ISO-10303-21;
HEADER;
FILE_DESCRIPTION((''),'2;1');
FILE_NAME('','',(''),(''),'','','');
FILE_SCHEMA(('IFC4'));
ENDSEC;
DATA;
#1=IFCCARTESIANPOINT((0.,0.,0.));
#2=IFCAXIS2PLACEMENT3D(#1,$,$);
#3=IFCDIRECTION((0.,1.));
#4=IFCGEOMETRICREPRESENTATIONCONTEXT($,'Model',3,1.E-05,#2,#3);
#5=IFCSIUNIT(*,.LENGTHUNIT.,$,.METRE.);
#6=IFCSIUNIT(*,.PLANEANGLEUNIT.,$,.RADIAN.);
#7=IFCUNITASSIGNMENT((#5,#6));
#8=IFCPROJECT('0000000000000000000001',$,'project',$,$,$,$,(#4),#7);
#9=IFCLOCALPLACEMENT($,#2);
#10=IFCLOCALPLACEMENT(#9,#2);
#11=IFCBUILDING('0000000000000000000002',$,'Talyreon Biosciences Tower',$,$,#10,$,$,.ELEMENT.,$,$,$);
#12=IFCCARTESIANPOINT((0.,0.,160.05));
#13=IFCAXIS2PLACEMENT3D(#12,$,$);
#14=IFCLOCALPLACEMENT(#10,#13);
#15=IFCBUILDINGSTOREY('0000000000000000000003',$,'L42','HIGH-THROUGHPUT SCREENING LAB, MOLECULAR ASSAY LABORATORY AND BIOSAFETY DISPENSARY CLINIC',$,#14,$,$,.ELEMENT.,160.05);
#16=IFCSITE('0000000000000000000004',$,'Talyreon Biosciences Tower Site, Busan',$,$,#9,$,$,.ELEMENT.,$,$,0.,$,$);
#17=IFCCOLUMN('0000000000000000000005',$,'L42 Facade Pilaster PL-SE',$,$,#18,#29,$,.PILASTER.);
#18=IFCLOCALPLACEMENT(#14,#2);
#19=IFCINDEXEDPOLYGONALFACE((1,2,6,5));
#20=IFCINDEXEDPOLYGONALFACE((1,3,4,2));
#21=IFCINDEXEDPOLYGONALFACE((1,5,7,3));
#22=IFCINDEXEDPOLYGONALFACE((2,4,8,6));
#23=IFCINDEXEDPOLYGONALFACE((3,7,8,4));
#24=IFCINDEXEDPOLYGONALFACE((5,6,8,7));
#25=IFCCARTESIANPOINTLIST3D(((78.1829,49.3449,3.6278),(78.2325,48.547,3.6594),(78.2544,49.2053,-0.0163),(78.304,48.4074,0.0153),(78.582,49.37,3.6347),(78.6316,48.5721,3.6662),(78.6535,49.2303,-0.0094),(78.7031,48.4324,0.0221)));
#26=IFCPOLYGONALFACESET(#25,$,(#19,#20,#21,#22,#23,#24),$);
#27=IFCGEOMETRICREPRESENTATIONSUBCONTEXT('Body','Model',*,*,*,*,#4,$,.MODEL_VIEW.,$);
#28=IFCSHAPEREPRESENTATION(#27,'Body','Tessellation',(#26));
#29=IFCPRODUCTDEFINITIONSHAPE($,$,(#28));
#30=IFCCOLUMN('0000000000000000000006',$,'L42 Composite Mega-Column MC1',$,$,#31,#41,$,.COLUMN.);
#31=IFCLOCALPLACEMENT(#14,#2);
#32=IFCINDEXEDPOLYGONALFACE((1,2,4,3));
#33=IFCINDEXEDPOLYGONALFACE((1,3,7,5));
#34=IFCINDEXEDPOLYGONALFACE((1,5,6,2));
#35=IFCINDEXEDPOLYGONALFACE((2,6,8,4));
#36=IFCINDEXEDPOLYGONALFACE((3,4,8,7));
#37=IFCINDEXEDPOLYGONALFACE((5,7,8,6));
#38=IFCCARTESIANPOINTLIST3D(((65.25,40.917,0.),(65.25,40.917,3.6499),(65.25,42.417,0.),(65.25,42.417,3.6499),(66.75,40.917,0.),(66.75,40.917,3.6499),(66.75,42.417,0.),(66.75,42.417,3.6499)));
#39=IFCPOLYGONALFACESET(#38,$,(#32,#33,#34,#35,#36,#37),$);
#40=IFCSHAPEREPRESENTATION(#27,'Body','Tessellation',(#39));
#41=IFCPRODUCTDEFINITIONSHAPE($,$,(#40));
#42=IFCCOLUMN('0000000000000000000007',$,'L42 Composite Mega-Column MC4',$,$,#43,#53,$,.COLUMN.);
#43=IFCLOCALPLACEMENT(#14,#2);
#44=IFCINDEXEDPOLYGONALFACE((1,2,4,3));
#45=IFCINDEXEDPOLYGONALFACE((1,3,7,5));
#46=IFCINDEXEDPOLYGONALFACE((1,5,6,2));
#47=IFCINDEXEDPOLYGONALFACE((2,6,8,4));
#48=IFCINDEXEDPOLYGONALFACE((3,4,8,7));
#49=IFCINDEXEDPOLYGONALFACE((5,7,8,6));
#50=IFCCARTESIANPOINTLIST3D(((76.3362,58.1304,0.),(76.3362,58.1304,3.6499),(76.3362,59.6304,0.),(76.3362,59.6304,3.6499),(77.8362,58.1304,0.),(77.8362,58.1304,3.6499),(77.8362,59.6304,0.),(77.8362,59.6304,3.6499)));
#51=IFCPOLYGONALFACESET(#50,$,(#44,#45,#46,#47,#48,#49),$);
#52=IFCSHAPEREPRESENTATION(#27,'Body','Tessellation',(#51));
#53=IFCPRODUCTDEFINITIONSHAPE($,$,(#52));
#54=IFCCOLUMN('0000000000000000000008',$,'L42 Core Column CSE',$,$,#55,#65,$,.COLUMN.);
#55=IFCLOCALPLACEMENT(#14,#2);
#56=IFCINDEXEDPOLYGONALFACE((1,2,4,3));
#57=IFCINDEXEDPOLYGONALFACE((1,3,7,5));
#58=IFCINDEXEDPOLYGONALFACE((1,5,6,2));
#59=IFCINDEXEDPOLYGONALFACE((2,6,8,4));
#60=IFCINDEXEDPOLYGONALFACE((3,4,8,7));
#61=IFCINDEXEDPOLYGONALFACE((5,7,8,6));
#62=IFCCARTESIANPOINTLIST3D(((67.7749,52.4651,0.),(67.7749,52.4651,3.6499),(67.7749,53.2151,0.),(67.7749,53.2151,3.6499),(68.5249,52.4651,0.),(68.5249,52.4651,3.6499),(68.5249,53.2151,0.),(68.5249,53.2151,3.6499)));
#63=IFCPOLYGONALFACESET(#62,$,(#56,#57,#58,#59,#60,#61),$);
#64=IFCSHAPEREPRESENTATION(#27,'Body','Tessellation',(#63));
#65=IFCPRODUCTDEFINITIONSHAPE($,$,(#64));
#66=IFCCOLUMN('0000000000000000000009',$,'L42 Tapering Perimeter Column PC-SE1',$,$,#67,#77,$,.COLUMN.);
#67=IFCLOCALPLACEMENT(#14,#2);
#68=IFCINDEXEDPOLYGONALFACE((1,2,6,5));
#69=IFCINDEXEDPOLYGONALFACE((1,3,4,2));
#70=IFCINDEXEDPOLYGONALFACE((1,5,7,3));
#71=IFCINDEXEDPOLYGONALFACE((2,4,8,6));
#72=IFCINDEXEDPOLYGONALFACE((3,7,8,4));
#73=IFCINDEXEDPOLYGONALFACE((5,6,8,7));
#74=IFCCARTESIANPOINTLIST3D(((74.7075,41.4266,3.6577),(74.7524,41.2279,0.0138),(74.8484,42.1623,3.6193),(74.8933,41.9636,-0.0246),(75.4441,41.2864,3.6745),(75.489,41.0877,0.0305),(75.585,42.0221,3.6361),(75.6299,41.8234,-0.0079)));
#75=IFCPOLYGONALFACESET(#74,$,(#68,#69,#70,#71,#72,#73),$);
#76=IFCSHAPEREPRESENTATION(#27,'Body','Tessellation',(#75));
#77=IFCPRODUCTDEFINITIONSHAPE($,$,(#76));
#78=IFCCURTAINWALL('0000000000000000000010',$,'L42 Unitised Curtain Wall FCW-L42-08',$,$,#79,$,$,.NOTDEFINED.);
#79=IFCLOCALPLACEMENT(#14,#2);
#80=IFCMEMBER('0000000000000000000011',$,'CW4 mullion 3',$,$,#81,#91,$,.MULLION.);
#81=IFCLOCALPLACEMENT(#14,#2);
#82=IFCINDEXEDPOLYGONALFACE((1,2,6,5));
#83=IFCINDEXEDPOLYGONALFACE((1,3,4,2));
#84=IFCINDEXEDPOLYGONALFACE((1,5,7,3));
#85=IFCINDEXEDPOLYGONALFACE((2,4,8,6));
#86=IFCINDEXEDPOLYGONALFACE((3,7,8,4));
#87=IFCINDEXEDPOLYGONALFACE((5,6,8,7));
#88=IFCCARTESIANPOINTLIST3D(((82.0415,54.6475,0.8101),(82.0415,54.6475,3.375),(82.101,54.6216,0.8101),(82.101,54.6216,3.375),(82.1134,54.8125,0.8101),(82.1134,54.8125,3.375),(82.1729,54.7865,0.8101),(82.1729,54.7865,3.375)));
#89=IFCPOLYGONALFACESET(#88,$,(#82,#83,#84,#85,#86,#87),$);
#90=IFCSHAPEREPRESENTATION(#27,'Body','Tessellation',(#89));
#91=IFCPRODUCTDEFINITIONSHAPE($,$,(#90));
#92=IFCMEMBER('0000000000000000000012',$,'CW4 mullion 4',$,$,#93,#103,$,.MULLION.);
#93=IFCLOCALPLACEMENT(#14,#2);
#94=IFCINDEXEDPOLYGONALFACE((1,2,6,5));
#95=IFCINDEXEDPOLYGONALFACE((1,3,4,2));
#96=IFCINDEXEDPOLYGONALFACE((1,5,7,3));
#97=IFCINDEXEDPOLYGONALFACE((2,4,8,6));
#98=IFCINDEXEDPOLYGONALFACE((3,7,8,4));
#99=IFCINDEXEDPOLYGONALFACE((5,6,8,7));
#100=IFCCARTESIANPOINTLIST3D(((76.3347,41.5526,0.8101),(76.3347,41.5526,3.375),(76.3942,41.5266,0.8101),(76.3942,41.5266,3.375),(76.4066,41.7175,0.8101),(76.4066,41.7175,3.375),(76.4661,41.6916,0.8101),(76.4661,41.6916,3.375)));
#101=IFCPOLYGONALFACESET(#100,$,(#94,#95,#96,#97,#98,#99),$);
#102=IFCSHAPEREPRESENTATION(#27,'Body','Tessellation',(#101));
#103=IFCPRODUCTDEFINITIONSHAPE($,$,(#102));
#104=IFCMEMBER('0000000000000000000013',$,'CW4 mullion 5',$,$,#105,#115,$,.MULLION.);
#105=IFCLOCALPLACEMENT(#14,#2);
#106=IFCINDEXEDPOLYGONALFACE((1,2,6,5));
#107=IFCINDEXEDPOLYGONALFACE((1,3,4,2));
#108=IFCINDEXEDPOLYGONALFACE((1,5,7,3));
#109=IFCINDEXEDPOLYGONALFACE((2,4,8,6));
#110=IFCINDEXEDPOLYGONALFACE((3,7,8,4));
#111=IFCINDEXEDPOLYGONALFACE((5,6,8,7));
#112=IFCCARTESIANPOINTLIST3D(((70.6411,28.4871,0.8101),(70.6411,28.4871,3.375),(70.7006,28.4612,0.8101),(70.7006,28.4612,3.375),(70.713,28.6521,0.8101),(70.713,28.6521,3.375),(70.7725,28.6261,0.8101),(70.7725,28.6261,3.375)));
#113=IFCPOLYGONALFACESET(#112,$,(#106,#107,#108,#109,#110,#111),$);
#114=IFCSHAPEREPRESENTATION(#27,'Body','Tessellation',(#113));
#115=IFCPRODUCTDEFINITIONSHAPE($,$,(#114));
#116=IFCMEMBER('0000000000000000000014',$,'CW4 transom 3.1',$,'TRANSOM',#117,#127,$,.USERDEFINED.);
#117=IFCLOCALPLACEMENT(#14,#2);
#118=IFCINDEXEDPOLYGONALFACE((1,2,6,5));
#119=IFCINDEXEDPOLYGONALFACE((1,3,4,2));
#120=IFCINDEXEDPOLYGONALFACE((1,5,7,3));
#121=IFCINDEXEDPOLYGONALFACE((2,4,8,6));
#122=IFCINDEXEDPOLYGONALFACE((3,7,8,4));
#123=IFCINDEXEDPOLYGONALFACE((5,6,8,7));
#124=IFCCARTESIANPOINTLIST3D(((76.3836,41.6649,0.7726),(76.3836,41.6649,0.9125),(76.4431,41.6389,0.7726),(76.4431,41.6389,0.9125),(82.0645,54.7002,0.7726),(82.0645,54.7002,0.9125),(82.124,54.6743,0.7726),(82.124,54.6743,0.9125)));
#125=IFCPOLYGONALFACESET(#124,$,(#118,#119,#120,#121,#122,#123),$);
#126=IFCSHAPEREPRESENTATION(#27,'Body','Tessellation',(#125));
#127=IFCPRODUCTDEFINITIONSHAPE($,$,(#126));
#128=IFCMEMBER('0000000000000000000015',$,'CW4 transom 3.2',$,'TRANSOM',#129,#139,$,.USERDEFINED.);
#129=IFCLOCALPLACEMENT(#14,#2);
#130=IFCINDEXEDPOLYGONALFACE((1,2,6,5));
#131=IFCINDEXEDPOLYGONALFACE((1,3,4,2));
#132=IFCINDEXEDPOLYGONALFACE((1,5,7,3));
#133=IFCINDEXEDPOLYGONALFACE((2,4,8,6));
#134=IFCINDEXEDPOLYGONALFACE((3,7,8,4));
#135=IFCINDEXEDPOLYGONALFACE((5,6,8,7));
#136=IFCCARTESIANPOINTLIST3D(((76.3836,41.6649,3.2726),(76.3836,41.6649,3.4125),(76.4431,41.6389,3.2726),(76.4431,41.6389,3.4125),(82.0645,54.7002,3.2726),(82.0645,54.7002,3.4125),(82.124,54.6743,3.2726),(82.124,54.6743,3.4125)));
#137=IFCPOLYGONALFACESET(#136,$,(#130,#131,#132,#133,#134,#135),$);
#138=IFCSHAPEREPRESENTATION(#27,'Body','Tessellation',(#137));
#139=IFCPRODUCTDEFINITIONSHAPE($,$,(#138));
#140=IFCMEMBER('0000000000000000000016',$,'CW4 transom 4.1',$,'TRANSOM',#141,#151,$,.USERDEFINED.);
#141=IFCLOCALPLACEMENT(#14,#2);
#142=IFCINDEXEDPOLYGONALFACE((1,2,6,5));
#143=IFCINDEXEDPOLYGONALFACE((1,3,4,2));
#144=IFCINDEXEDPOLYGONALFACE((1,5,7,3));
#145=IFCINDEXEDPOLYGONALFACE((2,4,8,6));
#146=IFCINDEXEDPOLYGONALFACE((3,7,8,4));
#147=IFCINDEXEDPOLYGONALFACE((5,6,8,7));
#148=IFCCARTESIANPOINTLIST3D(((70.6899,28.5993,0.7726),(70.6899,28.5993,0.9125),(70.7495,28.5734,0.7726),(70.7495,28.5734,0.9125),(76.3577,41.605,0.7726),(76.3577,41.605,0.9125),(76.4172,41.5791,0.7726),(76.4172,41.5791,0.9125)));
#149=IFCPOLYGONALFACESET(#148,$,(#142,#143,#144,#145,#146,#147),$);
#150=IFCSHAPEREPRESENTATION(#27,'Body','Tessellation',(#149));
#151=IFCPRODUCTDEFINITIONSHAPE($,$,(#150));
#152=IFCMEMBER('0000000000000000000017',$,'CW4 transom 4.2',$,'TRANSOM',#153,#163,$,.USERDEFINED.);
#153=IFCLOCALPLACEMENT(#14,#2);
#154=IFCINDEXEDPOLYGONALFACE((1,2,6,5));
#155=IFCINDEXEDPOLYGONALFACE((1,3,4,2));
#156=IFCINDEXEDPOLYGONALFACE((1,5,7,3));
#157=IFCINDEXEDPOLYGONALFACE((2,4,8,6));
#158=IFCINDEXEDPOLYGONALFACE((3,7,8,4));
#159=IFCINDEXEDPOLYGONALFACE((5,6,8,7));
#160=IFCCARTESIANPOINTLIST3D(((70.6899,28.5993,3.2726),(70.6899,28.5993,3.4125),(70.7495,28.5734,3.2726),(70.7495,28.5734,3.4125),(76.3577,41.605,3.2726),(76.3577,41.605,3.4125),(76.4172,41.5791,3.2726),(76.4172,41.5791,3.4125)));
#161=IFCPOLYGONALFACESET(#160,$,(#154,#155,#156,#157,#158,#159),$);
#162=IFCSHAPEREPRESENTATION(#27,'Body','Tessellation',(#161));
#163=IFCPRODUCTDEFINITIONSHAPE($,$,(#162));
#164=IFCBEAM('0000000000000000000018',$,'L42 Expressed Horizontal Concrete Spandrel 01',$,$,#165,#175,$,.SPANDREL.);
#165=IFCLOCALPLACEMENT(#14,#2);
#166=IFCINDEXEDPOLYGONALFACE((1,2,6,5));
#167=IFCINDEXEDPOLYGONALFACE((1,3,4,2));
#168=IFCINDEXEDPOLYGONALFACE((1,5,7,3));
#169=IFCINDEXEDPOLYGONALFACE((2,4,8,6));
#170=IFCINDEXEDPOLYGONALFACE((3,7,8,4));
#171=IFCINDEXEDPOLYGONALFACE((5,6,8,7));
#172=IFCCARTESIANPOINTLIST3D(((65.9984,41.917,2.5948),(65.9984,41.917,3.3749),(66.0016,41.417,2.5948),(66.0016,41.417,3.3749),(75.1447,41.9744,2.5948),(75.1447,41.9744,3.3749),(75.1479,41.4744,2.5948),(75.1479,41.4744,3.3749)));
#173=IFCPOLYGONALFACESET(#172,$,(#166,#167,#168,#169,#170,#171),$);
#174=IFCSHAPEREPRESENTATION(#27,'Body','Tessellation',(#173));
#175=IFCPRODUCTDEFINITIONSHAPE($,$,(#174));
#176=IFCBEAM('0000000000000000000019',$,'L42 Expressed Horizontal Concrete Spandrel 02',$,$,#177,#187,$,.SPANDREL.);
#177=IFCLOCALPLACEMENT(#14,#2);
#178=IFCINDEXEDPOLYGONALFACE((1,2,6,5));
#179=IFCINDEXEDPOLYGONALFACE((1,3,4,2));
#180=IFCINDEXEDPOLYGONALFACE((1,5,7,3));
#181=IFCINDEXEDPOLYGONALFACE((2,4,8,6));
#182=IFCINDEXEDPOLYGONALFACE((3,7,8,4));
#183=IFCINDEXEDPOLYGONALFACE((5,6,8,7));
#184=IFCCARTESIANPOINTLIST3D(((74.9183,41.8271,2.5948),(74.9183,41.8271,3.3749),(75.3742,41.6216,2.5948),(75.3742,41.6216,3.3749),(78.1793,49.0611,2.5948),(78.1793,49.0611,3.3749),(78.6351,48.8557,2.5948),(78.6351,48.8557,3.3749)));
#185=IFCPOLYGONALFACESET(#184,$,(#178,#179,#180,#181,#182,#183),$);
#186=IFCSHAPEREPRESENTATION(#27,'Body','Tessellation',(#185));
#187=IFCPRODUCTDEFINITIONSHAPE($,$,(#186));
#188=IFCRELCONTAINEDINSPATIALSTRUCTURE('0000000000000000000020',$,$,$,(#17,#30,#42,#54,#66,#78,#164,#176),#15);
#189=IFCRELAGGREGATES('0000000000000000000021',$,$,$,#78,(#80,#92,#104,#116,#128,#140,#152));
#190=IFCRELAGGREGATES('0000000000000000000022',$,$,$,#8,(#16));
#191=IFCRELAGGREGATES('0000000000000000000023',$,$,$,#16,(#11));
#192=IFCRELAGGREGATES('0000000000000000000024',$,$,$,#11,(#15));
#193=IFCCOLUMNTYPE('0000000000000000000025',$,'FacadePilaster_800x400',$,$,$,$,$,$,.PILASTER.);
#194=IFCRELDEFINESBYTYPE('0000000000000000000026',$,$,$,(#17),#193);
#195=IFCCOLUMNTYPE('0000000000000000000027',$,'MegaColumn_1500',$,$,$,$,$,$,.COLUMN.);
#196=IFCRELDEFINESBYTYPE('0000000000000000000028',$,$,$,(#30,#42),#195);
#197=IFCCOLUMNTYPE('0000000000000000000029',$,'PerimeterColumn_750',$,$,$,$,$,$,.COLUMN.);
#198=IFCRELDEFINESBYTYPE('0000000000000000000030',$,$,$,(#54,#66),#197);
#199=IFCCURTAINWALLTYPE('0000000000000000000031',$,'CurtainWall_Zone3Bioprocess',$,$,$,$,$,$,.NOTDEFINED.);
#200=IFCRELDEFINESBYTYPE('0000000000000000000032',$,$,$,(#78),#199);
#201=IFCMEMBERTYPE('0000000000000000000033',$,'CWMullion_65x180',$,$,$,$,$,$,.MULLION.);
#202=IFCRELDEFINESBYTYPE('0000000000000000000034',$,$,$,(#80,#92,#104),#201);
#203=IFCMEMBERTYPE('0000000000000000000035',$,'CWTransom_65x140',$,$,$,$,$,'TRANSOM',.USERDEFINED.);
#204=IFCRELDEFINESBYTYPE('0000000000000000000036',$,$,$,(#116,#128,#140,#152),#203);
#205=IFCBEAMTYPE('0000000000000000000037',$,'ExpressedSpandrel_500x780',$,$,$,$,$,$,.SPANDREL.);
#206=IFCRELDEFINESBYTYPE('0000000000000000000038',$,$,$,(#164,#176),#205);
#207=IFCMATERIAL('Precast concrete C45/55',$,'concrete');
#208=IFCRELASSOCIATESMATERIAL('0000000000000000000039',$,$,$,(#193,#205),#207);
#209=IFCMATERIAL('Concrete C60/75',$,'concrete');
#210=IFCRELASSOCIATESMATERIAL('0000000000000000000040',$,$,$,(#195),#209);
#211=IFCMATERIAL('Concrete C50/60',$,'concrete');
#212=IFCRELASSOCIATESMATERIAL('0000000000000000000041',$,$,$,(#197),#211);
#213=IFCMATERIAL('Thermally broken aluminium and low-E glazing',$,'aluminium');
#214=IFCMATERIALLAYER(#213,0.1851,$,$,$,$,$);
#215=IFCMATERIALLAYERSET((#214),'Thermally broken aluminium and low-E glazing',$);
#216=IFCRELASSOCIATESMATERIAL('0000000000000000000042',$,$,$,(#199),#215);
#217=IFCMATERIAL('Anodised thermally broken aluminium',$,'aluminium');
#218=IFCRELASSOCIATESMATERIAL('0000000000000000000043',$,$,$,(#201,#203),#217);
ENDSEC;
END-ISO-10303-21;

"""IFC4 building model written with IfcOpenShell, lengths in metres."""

from ifc_helpers import new_model, si_unit, direction, frame, origin, origin_2d, place, context, subcontext, project, spatial, rectangle, extrude, material, layer, layer_set, material_profile, profile_set, type_object, element, aggregate, save


model = new_model("IFC4")

# Units and contexts
model_context = context("Model", 3, precision=1e-05, world=origin(), true_north=direction((0.0, 1.0)))
body_context = subcontext(model_context, "Body", "Model", "MODEL_VIEW")
ifc_project = project(units=[si_unit("LENGTHUNIT", "METRE"), si_unit("PLANEANGLEUNIT", "RADIAN")], contexts=[model_context])

# Site, building, storey
site_placement = place(None, origin())
site = spatial("IfcSite", under=ifc_project, at=site_placement, Name="Talyreon Biosciences Tower Site, Busan", CompositionType="ELEMENT", RefElevation=0.0)
building_placement = place(site_placement, origin())
building = spatial("IfcBuilding", under=site, at=building_placement, Name="Talyreon Biosciences Tower", CompositionType="ELEMENT")
storey_placement = place(building_placement, frame((0.0, 0.0, 160.05)))
storey = spatial("IfcBuildingStorey", under=building, at=storey_placement, Name="L42", Description="HIGH-THROUGHPUT SCREENING LAB, MOLECULAR ASSAY LABORATORY AND BIOSAFETY DISPENSARY CLINIC", CompositionType="ELEMENT", Elevation=160.05)

# Columns
ifc_material_1 = material(Name="Precast concrete C45/55", Category="concrete")
ifc_material_profile_1 = material_profile(ifc_material_1, rectangle(XDim=0.8, YDim=0.3999, at=origin_2d()), Name="RC 800x400")
ifc_profile_set_1 = profile_set([ifc_material_profile_1], Name="Precast concrete C45/55")
column_type_1 = type_object("IfcColumnType", Name="FacadePilaster_800x400", PredefinedType="PILASTER", material=ifc_profile_set_1)
column_1_placement = place(storey_placement, frame((78.4788, 48.8188, 0.0029), z_axis=(-0.019612, 0.038287, 0.999074), x_axis=(0.06199, -0.997297, 0.039436)))
element("IfcColumn", 1, at=column_1_placement, inside=storey, type_object=column_type_1, Name="L42 Facade Pilaster PL-SE", PredefinedType="PILASTER", context=body_context, shape_type="SweptSolid", body=[
    extrude(rectangle(XDim=0.8, YDim=0.3999, at=origin_2d()), origin(), (0.0, 0.0, 1.0), 3.6475),
])
ifc_material_2 = material(Name="Concrete C60/75", Category="concrete")
ifc_material_profile_2 = material_profile(ifc_material_2, rectangle(XDim=1.5, YDim=1.5, at=origin_2d()), Name="RC 1500x1500")
ifc_profile_set_2 = profile_set([ifc_material_profile_2], Name="Concrete C60/75")
column_type_2 = type_object("IfcColumnType", Name="MegaColumn_1500", PredefinedType="COLUMN", material=ifc_profile_set_2)
for number, where, z_axis, x_axis, name in (
    (2, (66.0, 41.667, 0.0), (0.0, 0.0, 1.0), (1.0, 0.0, 0.0), "L42 Composite Mega-Column MC1"),
    (3, (77.0862, 58.8804, 0.0), (0.0, 0.0, 1.0), (1.0, 0.0, 0.0), "L42 Composite Mega-Column MC4"),
):
    element("IfcColumn", number, at=place(storey_placement, frame(where, z_axis=z_axis, x_axis=x_axis)), inside=storey, type_object=column_type_2, Name=name, PredefinedType="COLUMN", context=body_context, shape_type="SweptSolid", body=[
        extrude(rectangle(XDim=1.5, YDim=1.5, at=origin_2d()), origin(), (0.0, 0.0, 1.0), 3.6499),
    ])
ifc_material_3 = material(Name="Concrete C50/60", Category="concrete")
ifc_material_profile_3 = material_profile(ifc_material_3, rectangle(XDim=0.75, YDim=0.75, at=origin_2d()), Name="RC 750x750")
ifc_profile_set_3 = profile_set([ifc_material_profile_3], Name="Concrete C50/60")
column_type_3 = type_object("IfcColumnType", Name="PerimeterColumn_750", PredefinedType="COLUMN", material=ifc_profile_set_3)
column_2_placement = place(storey_placement, frame((68.1499, 52.8401, 0.0), z_axis=(0.0, 0.0, 1.0), x_axis=(1.0, 0.0, 0.0)))
element("IfcColumn", 4, at=column_2_placement, inside=storey, type_object=column_type_3, Name="L42 Core Column CSE", PredefinedType="COLUMN", context=body_context, shape_type="SweptSolid", body=[
    extrude(rectangle(XDim=0.75, YDim=0.75, at=origin_2d()), origin(), (0.0, 0.0, 1.0), 3.6499),
])
column_3_placement = place(storey_placement, frame((75.1912, 41.5256, 0.0029), z_axis=(-0.012308, 0.054451, 0.998441), x_axis=(-0.187862, -0.980861, 0.051176)))
element("IfcColumn", 5, at=column_3_placement, inside=storey, type_object=column_type_3, Name="L42 Tapering Perimeter Column PC-SE1", PredefinedType="COLUMN", context=body_context, shape_type="SweptSolid", body=[
    extrude(rectangle(XDim=0.75, YDim=0.75, at=origin_2d()), origin(), (0.0, 0.0, 1.0), 3.6497),
])

# Curtain wall, members
ifc_material_4 = material(Name="Thermally broken aluminium and low-E glazing", Category="aluminium")
ifc_layer_1 = layer(ifc_material_4, 0.1851)
ifc_layer_set_1 = layer_set([ifc_layer_1], Name="Thermally broken aluminium and low-E glazing")
curtain_wall_type = type_object("IfcCurtainWallType", Name="CurtainWall_Zone3Bioprocess", PredefinedType="NOTDEFINED", material=ifc_layer_set_1)
curtain_wall_placement = place(storey_placement, origin())
curtain_wall = element("IfcCurtainWall", 6, at=curtain_wall_placement, inside=storey, type_object=curtain_wall_type, Name="L42 Unitised Curtain Wall FCW-L42-08", PredefinedType="NOTDEFINED")
ifc_material_5 = material(Name="Anodised thermally broken aluminium", Category="aluminium")
ifc_material_profile_4 = material_profile(ifc_material_5, rectangle(XDim=0.0649, YDim=0.1799, at=origin_2d()), Name="ALUM MULLION 65x180")
ifc_profile_set_4 = profile_set([ifc_material_profile_4], Name="Anodised thermally broken aluminium")
member_type_1 = type_object("IfcMemberType", Name="CWMullion_65x180", PredefinedType="MULLION", material=ifc_profile_set_4)
member_1_placement = place(storey_placement, frame((82.1072, 54.717, 0.8101), z_axis=(0.0, 0.0, 1.0), x_axis=(0.916731, -0.399505, 0.0)))
member_1 = element("IfcMember", 7, at=member_1_placement, type_object=member_type_1, Name="CW4 mullion 3", PredefinedType="MULLION", context=body_context, shape_type="SweptSolid", body=[
    extrude(rectangle(XDim=0.0649, YDim=0.1799, at=origin_2d()), origin(), (0.0, 0.0, 1.0), 2.5649),
])
member_2_placement = place(storey_placement, frame((76.4004, 41.6221, 0.8101), z_axis=(0.0, 0.0, 1.0), x_axis=(0.916731, -0.399505, 0.0)))
member_2 = element("IfcMember", 8, at=member_2_placement, type_object=member_type_1, Name="CW4 mullion 4", PredefinedType="MULLION", context=body_context, shape_type="SweptSolid", body=[
    extrude(rectangle(XDim=0.0649, YDim=0.1799, at=origin_2d()), origin(), (0.0, 0.0, 1.0), 2.5649),
])
member_3_placement = place(storey_placement, frame((70.7068, 28.5566, 0.8101), z_axis=(0.0, 0.0, 1.0), x_axis=(0.916731, -0.399505, 0.0)))
member_3 = element("IfcMember", 9, at=member_3_placement, type_object=member_type_1, Name="CW4 mullion 5", PredefinedType="MULLION", context=body_context, shape_type="SweptSolid", body=[
    extrude(rectangle(XDim=0.0649, YDim=0.1799, at=origin_2d()), origin(), (0.0, 0.0, 1.0), 2.5649),
])
ifc_material_profile_5 = material_profile(ifc_material_5, rectangle(XDim=0.0649, YDim=0.1399, at=origin_2d()), Name="ALUM TRANSOM 65x140")
ifc_profile_set_5 = profile_set([ifc_material_profile_5], Name="Anodised thermally broken aluminium")
member_type_2 = type_object("IfcMemberType", Name="CWTransom_65x140", ElementType="TRANSOM", PredefinedType="USERDEFINED", material=ifc_profile_set_5)
member_4_placement = place(storey_placement, frame((82.0942, 54.6873, 0.8425), z_axis=(-0.399515, -0.916727, 0.0), x_axis=(0.916727, -0.399515, 0.0)))
member_4 = element("IfcMember", 10, at=member_4_placement, type_object=member_type_2, Name="CW4 transom 3.1", ObjectType="TRANSOM", PredefinedType="USERDEFINED", context=body_context, shape_type="SweptSolid", body=[
    extrude(rectangle(XDim=0.0649, YDim=0.1399, at=origin_2d()), origin(), (0.0, 0.0, 1.0), 14.2195),
])
member_5_placement = place(storey_placement, frame((82.0942, 54.6873, 3.3425), z_axis=(-0.399515, -0.916727, 0.0), x_axis=(0.916727, -0.399515, 0.0)))
member_5 = element("IfcMember", 11, at=member_5_placement, type_object=member_type_2, Name="CW4 transom 3.2", ObjectType="TRANSOM", PredefinedType="USERDEFINED", context=body_context, shape_type="SweptSolid", body=[
    extrude(rectangle(XDim=0.0649, YDim=0.1399, at=origin_2d()), origin(), (0.0, 0.0, 1.0), 14.2195),
])
member_6_placement = place(storey_placement, frame((76.3875, 41.592, 0.8425), z_axis=(-0.399503, -0.916732, 0.0), x_axis=(0.916732, -0.399503, 0.0)))
member_6 = element("IfcMember", 12, at=member_6_placement, type_object=member_type_2, Name="CW4 transom 4.1", ObjectType="TRANSOM", PredefinedType="USERDEFINED", context=body_context, shape_type="SweptSolid", body=[
    extrude(rectangle(XDim=0.0649, YDim=0.1399, at=origin_2d()), origin(), (0.0, 0.0, 1.0), 14.187),
])
member_7_placement = place(storey_placement, frame((76.3875, 41.592, 3.3425), z_axis=(-0.399503, -0.916732, 0.0), x_axis=(0.916732, -0.399503, 0.0)))
member_7 = element("IfcMember", 13, at=member_7_placement, type_object=member_type_2, Name="CW4 transom 4.2", ObjectType="TRANSOM", PredefinedType="USERDEFINED", context=body_context, shape_type="SweptSolid", body=[
    extrude(rectangle(XDim=0.0649, YDim=0.1399, at=origin_2d()), origin(), (0.0, 0.0, 1.0), 14.187),
])

# Beams
ifc_material_profile_6 = material_profile(ifc_material_1, rectangle(XDim=0.5, YDim=0.78, at=origin_2d()), Name="RCB 500x780")
ifc_profile_set_6 = profile_set([ifc_material_profile_6], Name="Precast concrete C45/55")
beam_type_1 = type_object("IfcBeamType", Name="ExpressedSpandrel_500x780", PredefinedType="SPANDREL", material=ifc_profile_set_6)
beam_1_placement = place(storey_placement, frame((66.0, 41.667, 2.9849), z_axis=(0.99998, 0.006273, 0.0), x_axis=(-0.006273, 0.99998, 0.0)))
element("IfcBeam", 14, at=beam_1_placement, inside=storey, type_object=beam_type_1, Name="L42 Expressed Horizontal Concrete Spandrel 01", PredefinedType="SPANDREL", context=body_context, shape_type="SweptSolid", body=[
    extrude(rectangle(XDim=0.5, YDim=0.78, at=origin_2d()), origin(), (0.0, 0.0, 1.0), 9.1465),
])
beam_2_placement = place(storey_placement, frame((75.1462, 41.7244, 2.9849), z_axis=(0.410954, 0.911656, 0.0), x_axis=(-0.911656, 0.410954, 0.0)))
element("IfcBeam", 15, at=beam_2_placement, inside=storey, type_object=beam_type_1, Name="L42 Expressed Horizontal Concrete Spandrel 02", PredefinedType="SPANDREL", context=body_context, shape_type="SweptSolid", body=[
    extrude(rectangle(XDim=0.5, YDim=0.78, at=origin_2d()), origin(), (0.0, 0.0, 1.0), 7.9351),
])

aggregate(curtain_wall, [member_1, member_2, member_3, member_4, member_5, member_6, member_7])

save(model, "model.ifc")
